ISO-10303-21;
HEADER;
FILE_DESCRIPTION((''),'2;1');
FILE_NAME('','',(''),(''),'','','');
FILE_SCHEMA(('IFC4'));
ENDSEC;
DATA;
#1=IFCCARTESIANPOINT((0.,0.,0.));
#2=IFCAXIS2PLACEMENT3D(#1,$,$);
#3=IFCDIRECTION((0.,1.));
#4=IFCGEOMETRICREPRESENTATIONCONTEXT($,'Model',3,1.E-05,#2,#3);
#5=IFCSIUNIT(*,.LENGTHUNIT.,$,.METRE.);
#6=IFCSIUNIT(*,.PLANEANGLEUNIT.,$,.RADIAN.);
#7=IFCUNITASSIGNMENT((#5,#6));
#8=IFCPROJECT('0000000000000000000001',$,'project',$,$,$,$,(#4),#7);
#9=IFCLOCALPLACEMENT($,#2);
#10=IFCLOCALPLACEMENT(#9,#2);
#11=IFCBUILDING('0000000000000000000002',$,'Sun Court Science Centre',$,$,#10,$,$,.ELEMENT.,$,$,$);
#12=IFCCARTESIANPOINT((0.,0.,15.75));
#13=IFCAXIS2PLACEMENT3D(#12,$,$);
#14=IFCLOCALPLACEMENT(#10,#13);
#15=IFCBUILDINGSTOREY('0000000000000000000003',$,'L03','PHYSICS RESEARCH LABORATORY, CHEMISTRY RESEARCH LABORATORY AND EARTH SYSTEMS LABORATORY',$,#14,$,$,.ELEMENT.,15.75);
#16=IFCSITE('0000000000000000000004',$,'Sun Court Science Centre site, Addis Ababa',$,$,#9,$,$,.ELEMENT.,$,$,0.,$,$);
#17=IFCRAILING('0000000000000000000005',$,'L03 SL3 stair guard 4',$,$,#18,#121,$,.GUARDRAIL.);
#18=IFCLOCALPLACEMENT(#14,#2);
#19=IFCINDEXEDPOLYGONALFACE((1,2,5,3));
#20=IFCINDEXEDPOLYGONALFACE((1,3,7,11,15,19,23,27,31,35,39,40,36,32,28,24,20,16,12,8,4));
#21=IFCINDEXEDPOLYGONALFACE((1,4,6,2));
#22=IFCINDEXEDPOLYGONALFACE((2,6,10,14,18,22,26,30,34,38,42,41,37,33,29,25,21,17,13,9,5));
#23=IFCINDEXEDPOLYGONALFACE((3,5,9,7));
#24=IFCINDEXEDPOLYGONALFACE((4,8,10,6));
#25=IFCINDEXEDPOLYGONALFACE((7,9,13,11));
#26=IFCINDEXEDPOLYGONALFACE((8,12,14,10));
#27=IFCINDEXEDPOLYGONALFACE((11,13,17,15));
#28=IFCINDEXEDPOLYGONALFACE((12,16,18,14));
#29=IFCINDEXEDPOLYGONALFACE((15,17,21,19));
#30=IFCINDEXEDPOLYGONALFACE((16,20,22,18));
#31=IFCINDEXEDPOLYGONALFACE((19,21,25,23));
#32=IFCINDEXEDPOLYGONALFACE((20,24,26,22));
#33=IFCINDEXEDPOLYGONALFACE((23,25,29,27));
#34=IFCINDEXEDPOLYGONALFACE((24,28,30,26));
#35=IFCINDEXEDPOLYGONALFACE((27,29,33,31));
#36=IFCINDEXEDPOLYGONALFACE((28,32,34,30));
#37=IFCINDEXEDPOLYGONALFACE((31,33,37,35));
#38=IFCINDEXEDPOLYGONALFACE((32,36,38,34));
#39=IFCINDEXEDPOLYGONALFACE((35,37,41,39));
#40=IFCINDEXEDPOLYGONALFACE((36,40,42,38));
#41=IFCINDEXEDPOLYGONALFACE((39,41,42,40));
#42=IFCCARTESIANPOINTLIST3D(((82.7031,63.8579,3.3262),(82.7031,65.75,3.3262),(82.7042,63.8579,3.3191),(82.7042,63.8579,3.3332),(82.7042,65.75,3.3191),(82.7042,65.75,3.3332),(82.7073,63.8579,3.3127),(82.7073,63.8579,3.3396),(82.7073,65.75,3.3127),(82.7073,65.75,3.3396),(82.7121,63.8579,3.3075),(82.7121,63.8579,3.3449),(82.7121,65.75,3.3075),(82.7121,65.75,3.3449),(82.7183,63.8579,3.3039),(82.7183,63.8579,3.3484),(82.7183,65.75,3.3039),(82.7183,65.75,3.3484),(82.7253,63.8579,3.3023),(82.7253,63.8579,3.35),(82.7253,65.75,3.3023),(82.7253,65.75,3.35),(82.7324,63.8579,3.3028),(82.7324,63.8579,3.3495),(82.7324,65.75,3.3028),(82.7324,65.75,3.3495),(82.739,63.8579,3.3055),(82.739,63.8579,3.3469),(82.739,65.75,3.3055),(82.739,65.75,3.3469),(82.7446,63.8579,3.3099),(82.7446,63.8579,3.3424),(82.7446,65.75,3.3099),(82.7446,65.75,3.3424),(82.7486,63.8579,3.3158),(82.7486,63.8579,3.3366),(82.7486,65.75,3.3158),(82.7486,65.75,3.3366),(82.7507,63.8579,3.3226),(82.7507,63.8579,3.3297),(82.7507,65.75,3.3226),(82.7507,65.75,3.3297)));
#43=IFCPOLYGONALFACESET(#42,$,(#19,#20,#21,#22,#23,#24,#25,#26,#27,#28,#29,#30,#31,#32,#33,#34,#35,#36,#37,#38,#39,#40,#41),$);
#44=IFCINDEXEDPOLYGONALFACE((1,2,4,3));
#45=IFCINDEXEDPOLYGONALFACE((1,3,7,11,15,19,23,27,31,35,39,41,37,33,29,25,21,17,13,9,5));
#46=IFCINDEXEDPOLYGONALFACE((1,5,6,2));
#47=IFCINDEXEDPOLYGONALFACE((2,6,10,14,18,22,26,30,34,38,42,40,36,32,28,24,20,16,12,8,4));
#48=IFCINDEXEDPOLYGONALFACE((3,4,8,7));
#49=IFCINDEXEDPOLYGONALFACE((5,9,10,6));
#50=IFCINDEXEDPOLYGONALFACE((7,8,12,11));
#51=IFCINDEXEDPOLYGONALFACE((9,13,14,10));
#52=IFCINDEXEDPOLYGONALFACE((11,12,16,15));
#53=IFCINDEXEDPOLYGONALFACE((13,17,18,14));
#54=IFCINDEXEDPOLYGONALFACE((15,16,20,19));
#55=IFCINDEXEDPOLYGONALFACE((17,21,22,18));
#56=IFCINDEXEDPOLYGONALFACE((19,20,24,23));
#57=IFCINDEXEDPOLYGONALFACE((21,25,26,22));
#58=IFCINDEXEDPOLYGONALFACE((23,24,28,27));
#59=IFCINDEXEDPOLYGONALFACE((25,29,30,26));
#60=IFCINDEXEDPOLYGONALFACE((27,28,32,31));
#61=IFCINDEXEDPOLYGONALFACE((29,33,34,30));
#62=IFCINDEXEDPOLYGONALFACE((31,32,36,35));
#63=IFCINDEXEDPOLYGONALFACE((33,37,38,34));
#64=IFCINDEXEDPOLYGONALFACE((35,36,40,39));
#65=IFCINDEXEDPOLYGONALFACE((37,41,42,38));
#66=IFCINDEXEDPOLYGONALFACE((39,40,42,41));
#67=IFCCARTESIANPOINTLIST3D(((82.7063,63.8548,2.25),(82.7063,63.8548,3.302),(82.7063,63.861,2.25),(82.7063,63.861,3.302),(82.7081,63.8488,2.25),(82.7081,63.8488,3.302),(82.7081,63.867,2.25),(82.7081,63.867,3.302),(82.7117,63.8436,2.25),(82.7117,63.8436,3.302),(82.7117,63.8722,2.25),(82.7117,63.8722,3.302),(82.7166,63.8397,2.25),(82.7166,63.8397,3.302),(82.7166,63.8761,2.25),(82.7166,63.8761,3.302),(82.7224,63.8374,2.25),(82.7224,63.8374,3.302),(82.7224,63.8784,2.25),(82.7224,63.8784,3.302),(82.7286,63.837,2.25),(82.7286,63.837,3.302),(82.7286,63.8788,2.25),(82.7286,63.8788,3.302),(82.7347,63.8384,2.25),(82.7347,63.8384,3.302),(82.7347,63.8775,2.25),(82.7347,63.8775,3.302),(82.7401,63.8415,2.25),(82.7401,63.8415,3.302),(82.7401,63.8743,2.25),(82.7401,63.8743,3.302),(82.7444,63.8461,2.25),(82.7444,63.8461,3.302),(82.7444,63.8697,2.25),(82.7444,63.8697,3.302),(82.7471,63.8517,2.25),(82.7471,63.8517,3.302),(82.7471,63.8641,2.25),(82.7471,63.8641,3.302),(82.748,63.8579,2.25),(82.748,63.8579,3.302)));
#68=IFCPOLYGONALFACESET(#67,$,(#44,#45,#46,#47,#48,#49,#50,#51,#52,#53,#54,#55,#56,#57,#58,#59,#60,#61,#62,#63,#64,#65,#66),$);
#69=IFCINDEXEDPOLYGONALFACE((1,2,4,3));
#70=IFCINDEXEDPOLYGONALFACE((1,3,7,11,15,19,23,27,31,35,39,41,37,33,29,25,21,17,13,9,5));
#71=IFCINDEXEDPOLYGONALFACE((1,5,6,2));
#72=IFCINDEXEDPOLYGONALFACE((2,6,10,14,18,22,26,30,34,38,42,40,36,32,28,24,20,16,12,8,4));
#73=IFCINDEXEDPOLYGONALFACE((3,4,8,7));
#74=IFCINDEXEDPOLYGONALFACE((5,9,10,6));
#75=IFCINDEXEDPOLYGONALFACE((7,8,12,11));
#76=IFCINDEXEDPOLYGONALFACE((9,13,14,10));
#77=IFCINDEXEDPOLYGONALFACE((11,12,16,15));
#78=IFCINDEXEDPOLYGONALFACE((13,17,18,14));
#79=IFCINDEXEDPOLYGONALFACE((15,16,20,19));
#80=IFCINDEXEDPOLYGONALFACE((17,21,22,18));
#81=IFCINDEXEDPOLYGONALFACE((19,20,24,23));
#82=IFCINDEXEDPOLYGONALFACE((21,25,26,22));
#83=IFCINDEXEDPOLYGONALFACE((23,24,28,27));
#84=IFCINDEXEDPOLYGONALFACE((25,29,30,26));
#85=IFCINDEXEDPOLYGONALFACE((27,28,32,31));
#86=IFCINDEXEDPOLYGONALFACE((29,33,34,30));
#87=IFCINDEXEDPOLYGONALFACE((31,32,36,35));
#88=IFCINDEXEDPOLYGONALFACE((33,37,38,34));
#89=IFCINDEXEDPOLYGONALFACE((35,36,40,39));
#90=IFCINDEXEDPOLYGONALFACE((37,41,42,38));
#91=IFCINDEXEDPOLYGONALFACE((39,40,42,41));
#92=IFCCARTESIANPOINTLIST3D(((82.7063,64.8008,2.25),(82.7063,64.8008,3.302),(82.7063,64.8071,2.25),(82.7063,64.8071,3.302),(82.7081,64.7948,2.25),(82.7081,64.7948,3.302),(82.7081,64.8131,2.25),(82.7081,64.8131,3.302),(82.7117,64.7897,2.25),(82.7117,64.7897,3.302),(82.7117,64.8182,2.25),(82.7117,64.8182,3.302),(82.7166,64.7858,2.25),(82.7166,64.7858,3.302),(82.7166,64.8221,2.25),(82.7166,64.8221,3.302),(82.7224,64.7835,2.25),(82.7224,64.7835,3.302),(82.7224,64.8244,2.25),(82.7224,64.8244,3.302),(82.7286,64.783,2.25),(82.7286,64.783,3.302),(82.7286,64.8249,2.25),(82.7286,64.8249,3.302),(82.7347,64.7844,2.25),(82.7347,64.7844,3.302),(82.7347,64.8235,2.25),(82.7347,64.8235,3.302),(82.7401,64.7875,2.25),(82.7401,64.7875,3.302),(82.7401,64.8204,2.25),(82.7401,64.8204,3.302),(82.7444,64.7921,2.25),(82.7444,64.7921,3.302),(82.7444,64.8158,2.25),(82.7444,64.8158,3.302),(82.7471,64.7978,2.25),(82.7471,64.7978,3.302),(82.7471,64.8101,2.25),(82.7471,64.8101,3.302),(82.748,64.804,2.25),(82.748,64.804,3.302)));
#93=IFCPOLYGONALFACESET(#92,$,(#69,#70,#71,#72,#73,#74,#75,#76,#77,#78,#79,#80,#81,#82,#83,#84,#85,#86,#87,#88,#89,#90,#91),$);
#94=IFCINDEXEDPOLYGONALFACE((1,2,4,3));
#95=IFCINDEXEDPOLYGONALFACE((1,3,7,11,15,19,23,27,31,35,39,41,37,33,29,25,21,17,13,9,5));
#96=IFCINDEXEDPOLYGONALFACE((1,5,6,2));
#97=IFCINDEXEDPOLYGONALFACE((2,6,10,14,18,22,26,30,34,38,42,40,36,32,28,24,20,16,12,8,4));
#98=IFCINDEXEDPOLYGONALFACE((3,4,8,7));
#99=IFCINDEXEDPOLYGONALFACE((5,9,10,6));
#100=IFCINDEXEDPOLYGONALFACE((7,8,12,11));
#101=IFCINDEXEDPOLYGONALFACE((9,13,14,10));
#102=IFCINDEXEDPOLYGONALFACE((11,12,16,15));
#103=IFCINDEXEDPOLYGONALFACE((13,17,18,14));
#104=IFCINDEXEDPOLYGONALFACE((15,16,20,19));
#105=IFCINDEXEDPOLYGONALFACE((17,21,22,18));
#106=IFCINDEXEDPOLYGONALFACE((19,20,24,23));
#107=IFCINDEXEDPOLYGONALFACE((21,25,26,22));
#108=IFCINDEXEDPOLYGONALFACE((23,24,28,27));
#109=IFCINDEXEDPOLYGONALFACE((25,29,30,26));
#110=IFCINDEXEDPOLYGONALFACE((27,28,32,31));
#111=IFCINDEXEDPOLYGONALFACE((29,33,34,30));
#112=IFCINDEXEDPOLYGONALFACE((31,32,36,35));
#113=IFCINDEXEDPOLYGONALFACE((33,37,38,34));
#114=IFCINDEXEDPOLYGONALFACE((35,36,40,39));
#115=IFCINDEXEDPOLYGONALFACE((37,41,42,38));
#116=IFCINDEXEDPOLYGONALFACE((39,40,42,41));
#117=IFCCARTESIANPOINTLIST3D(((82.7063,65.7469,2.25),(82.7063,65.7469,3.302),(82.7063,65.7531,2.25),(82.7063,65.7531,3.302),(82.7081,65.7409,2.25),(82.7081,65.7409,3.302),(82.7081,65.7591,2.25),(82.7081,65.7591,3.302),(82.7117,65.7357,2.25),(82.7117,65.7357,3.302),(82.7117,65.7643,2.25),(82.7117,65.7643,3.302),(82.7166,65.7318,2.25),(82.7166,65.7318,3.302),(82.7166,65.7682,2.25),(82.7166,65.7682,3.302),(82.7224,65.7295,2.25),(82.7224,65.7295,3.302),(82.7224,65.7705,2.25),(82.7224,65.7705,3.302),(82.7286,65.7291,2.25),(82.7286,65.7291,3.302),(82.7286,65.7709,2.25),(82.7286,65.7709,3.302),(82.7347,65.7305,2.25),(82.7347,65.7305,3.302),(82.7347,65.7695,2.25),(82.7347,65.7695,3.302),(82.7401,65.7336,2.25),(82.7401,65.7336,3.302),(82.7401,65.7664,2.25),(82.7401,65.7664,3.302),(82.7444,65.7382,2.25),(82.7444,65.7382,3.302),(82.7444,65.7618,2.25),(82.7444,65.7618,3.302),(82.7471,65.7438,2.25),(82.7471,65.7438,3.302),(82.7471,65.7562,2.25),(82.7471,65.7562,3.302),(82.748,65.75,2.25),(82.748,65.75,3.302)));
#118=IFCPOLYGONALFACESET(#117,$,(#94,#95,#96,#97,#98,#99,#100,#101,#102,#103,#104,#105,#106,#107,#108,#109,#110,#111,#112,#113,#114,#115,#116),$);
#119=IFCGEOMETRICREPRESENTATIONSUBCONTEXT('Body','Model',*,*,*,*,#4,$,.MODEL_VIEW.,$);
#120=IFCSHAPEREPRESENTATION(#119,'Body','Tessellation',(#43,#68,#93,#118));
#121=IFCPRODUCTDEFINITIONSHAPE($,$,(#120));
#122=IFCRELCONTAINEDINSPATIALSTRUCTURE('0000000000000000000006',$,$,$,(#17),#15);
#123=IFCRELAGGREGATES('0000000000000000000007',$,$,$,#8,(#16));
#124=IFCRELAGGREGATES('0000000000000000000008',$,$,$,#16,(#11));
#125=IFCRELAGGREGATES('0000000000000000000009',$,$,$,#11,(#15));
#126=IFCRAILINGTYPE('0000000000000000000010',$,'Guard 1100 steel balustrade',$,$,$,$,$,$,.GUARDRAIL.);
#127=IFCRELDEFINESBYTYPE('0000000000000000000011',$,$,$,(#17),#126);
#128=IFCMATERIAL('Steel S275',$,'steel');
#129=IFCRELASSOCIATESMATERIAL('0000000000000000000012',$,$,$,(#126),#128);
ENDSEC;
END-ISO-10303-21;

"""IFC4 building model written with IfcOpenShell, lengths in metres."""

from ifc_helpers import new_model, si_unit, direction, frame, origin, origin_2d, place, context, subcontext, project, spatial, circle, extrude, material, type_object, element, save


model = new_model("IFC4")

# Units and contexts
model_context = context("Model", 3, precision=1e-05, world=origin(), true_north=direction((0.0, 1.0)))
body_context = subcontext(model_context, "Body", "Model", "MODEL_VIEW")
ifc_project = project(units=[si_unit("LENGTHUNIT", "METRE"), si_unit("PLANEANGLEUNIT", "RADIAN")], contexts=[model_context])

# Site, building, storey
site_placement = place(None, origin())
site = spatial("IfcSite", under=ifc_project, at=site_placement, Name="Sun Court Science Centre site, Addis Ababa", CompositionType="ELEMENT", RefElevation=0.0)
building_placement = place(site_placement, origin())
building = spatial("IfcBuilding", under=site, at=building_placement, Name="Sun Court Science Centre", CompositionType="ELEMENT")
storey_placement = place(building_placement, frame((0.0, 0.0, 15.75)))
storey = spatial("IfcBuildingStorey", under=building, at=storey_placement, Name="L03", Description="PHYSICS RESEARCH LABORATORY, CHEMISTRY RESEARCH LABORATORY AND EARTH SYSTEMS LABORATORY", CompositionType="ELEMENT", Elevation=15.75)

# Railing
ifc_material_1 = material(Name="Steel S275", Category="steel")
railing_type_1 = type_object("IfcRailingType", Name="Guard 1100 steel balustrade", PredefinedType="GUARDRAIL", material=ifc_material_1)
for number, where, name in (
    (1, (82.7271, 63.8579, 2.25), "L03 SL3 stair guard 4"),
):
    element("IfcRailing", number, at=place(storey_placement, frame(where)), inside=storey, type_object=railing_type_1, Name=name, PredefinedType="GUARDRAIL", context=body_context, shape_type="SweptSolid", body=[
        extrude(circle(Radius=0.0239, at=origin_2d()), frame((0.0, 0.0, 1.0762), z_axis=(0.0, 1.0, 0.0), x_axis=(-1.0, 0.0, 0.0)), (0.0, 0.0, 1.0), 1.8921),
        extrude(circle(Radius=0.021, at=origin_2d()), origin(), (0.0, 0.0, 1.0), 1.052),
        extrude(circle(Radius=0.021, at=origin_2d()), frame((0.0, 0.946, 0.0)), (0.0, 0.0, 1.0), 1.052),
        extrude(circle(Radius=0.021, at=origin_2d()), frame((0.0, 1.8921, 0.0)), (0.0, 0.0, 1.0), 1.052),
    ])

save(model, "model.ifc")
